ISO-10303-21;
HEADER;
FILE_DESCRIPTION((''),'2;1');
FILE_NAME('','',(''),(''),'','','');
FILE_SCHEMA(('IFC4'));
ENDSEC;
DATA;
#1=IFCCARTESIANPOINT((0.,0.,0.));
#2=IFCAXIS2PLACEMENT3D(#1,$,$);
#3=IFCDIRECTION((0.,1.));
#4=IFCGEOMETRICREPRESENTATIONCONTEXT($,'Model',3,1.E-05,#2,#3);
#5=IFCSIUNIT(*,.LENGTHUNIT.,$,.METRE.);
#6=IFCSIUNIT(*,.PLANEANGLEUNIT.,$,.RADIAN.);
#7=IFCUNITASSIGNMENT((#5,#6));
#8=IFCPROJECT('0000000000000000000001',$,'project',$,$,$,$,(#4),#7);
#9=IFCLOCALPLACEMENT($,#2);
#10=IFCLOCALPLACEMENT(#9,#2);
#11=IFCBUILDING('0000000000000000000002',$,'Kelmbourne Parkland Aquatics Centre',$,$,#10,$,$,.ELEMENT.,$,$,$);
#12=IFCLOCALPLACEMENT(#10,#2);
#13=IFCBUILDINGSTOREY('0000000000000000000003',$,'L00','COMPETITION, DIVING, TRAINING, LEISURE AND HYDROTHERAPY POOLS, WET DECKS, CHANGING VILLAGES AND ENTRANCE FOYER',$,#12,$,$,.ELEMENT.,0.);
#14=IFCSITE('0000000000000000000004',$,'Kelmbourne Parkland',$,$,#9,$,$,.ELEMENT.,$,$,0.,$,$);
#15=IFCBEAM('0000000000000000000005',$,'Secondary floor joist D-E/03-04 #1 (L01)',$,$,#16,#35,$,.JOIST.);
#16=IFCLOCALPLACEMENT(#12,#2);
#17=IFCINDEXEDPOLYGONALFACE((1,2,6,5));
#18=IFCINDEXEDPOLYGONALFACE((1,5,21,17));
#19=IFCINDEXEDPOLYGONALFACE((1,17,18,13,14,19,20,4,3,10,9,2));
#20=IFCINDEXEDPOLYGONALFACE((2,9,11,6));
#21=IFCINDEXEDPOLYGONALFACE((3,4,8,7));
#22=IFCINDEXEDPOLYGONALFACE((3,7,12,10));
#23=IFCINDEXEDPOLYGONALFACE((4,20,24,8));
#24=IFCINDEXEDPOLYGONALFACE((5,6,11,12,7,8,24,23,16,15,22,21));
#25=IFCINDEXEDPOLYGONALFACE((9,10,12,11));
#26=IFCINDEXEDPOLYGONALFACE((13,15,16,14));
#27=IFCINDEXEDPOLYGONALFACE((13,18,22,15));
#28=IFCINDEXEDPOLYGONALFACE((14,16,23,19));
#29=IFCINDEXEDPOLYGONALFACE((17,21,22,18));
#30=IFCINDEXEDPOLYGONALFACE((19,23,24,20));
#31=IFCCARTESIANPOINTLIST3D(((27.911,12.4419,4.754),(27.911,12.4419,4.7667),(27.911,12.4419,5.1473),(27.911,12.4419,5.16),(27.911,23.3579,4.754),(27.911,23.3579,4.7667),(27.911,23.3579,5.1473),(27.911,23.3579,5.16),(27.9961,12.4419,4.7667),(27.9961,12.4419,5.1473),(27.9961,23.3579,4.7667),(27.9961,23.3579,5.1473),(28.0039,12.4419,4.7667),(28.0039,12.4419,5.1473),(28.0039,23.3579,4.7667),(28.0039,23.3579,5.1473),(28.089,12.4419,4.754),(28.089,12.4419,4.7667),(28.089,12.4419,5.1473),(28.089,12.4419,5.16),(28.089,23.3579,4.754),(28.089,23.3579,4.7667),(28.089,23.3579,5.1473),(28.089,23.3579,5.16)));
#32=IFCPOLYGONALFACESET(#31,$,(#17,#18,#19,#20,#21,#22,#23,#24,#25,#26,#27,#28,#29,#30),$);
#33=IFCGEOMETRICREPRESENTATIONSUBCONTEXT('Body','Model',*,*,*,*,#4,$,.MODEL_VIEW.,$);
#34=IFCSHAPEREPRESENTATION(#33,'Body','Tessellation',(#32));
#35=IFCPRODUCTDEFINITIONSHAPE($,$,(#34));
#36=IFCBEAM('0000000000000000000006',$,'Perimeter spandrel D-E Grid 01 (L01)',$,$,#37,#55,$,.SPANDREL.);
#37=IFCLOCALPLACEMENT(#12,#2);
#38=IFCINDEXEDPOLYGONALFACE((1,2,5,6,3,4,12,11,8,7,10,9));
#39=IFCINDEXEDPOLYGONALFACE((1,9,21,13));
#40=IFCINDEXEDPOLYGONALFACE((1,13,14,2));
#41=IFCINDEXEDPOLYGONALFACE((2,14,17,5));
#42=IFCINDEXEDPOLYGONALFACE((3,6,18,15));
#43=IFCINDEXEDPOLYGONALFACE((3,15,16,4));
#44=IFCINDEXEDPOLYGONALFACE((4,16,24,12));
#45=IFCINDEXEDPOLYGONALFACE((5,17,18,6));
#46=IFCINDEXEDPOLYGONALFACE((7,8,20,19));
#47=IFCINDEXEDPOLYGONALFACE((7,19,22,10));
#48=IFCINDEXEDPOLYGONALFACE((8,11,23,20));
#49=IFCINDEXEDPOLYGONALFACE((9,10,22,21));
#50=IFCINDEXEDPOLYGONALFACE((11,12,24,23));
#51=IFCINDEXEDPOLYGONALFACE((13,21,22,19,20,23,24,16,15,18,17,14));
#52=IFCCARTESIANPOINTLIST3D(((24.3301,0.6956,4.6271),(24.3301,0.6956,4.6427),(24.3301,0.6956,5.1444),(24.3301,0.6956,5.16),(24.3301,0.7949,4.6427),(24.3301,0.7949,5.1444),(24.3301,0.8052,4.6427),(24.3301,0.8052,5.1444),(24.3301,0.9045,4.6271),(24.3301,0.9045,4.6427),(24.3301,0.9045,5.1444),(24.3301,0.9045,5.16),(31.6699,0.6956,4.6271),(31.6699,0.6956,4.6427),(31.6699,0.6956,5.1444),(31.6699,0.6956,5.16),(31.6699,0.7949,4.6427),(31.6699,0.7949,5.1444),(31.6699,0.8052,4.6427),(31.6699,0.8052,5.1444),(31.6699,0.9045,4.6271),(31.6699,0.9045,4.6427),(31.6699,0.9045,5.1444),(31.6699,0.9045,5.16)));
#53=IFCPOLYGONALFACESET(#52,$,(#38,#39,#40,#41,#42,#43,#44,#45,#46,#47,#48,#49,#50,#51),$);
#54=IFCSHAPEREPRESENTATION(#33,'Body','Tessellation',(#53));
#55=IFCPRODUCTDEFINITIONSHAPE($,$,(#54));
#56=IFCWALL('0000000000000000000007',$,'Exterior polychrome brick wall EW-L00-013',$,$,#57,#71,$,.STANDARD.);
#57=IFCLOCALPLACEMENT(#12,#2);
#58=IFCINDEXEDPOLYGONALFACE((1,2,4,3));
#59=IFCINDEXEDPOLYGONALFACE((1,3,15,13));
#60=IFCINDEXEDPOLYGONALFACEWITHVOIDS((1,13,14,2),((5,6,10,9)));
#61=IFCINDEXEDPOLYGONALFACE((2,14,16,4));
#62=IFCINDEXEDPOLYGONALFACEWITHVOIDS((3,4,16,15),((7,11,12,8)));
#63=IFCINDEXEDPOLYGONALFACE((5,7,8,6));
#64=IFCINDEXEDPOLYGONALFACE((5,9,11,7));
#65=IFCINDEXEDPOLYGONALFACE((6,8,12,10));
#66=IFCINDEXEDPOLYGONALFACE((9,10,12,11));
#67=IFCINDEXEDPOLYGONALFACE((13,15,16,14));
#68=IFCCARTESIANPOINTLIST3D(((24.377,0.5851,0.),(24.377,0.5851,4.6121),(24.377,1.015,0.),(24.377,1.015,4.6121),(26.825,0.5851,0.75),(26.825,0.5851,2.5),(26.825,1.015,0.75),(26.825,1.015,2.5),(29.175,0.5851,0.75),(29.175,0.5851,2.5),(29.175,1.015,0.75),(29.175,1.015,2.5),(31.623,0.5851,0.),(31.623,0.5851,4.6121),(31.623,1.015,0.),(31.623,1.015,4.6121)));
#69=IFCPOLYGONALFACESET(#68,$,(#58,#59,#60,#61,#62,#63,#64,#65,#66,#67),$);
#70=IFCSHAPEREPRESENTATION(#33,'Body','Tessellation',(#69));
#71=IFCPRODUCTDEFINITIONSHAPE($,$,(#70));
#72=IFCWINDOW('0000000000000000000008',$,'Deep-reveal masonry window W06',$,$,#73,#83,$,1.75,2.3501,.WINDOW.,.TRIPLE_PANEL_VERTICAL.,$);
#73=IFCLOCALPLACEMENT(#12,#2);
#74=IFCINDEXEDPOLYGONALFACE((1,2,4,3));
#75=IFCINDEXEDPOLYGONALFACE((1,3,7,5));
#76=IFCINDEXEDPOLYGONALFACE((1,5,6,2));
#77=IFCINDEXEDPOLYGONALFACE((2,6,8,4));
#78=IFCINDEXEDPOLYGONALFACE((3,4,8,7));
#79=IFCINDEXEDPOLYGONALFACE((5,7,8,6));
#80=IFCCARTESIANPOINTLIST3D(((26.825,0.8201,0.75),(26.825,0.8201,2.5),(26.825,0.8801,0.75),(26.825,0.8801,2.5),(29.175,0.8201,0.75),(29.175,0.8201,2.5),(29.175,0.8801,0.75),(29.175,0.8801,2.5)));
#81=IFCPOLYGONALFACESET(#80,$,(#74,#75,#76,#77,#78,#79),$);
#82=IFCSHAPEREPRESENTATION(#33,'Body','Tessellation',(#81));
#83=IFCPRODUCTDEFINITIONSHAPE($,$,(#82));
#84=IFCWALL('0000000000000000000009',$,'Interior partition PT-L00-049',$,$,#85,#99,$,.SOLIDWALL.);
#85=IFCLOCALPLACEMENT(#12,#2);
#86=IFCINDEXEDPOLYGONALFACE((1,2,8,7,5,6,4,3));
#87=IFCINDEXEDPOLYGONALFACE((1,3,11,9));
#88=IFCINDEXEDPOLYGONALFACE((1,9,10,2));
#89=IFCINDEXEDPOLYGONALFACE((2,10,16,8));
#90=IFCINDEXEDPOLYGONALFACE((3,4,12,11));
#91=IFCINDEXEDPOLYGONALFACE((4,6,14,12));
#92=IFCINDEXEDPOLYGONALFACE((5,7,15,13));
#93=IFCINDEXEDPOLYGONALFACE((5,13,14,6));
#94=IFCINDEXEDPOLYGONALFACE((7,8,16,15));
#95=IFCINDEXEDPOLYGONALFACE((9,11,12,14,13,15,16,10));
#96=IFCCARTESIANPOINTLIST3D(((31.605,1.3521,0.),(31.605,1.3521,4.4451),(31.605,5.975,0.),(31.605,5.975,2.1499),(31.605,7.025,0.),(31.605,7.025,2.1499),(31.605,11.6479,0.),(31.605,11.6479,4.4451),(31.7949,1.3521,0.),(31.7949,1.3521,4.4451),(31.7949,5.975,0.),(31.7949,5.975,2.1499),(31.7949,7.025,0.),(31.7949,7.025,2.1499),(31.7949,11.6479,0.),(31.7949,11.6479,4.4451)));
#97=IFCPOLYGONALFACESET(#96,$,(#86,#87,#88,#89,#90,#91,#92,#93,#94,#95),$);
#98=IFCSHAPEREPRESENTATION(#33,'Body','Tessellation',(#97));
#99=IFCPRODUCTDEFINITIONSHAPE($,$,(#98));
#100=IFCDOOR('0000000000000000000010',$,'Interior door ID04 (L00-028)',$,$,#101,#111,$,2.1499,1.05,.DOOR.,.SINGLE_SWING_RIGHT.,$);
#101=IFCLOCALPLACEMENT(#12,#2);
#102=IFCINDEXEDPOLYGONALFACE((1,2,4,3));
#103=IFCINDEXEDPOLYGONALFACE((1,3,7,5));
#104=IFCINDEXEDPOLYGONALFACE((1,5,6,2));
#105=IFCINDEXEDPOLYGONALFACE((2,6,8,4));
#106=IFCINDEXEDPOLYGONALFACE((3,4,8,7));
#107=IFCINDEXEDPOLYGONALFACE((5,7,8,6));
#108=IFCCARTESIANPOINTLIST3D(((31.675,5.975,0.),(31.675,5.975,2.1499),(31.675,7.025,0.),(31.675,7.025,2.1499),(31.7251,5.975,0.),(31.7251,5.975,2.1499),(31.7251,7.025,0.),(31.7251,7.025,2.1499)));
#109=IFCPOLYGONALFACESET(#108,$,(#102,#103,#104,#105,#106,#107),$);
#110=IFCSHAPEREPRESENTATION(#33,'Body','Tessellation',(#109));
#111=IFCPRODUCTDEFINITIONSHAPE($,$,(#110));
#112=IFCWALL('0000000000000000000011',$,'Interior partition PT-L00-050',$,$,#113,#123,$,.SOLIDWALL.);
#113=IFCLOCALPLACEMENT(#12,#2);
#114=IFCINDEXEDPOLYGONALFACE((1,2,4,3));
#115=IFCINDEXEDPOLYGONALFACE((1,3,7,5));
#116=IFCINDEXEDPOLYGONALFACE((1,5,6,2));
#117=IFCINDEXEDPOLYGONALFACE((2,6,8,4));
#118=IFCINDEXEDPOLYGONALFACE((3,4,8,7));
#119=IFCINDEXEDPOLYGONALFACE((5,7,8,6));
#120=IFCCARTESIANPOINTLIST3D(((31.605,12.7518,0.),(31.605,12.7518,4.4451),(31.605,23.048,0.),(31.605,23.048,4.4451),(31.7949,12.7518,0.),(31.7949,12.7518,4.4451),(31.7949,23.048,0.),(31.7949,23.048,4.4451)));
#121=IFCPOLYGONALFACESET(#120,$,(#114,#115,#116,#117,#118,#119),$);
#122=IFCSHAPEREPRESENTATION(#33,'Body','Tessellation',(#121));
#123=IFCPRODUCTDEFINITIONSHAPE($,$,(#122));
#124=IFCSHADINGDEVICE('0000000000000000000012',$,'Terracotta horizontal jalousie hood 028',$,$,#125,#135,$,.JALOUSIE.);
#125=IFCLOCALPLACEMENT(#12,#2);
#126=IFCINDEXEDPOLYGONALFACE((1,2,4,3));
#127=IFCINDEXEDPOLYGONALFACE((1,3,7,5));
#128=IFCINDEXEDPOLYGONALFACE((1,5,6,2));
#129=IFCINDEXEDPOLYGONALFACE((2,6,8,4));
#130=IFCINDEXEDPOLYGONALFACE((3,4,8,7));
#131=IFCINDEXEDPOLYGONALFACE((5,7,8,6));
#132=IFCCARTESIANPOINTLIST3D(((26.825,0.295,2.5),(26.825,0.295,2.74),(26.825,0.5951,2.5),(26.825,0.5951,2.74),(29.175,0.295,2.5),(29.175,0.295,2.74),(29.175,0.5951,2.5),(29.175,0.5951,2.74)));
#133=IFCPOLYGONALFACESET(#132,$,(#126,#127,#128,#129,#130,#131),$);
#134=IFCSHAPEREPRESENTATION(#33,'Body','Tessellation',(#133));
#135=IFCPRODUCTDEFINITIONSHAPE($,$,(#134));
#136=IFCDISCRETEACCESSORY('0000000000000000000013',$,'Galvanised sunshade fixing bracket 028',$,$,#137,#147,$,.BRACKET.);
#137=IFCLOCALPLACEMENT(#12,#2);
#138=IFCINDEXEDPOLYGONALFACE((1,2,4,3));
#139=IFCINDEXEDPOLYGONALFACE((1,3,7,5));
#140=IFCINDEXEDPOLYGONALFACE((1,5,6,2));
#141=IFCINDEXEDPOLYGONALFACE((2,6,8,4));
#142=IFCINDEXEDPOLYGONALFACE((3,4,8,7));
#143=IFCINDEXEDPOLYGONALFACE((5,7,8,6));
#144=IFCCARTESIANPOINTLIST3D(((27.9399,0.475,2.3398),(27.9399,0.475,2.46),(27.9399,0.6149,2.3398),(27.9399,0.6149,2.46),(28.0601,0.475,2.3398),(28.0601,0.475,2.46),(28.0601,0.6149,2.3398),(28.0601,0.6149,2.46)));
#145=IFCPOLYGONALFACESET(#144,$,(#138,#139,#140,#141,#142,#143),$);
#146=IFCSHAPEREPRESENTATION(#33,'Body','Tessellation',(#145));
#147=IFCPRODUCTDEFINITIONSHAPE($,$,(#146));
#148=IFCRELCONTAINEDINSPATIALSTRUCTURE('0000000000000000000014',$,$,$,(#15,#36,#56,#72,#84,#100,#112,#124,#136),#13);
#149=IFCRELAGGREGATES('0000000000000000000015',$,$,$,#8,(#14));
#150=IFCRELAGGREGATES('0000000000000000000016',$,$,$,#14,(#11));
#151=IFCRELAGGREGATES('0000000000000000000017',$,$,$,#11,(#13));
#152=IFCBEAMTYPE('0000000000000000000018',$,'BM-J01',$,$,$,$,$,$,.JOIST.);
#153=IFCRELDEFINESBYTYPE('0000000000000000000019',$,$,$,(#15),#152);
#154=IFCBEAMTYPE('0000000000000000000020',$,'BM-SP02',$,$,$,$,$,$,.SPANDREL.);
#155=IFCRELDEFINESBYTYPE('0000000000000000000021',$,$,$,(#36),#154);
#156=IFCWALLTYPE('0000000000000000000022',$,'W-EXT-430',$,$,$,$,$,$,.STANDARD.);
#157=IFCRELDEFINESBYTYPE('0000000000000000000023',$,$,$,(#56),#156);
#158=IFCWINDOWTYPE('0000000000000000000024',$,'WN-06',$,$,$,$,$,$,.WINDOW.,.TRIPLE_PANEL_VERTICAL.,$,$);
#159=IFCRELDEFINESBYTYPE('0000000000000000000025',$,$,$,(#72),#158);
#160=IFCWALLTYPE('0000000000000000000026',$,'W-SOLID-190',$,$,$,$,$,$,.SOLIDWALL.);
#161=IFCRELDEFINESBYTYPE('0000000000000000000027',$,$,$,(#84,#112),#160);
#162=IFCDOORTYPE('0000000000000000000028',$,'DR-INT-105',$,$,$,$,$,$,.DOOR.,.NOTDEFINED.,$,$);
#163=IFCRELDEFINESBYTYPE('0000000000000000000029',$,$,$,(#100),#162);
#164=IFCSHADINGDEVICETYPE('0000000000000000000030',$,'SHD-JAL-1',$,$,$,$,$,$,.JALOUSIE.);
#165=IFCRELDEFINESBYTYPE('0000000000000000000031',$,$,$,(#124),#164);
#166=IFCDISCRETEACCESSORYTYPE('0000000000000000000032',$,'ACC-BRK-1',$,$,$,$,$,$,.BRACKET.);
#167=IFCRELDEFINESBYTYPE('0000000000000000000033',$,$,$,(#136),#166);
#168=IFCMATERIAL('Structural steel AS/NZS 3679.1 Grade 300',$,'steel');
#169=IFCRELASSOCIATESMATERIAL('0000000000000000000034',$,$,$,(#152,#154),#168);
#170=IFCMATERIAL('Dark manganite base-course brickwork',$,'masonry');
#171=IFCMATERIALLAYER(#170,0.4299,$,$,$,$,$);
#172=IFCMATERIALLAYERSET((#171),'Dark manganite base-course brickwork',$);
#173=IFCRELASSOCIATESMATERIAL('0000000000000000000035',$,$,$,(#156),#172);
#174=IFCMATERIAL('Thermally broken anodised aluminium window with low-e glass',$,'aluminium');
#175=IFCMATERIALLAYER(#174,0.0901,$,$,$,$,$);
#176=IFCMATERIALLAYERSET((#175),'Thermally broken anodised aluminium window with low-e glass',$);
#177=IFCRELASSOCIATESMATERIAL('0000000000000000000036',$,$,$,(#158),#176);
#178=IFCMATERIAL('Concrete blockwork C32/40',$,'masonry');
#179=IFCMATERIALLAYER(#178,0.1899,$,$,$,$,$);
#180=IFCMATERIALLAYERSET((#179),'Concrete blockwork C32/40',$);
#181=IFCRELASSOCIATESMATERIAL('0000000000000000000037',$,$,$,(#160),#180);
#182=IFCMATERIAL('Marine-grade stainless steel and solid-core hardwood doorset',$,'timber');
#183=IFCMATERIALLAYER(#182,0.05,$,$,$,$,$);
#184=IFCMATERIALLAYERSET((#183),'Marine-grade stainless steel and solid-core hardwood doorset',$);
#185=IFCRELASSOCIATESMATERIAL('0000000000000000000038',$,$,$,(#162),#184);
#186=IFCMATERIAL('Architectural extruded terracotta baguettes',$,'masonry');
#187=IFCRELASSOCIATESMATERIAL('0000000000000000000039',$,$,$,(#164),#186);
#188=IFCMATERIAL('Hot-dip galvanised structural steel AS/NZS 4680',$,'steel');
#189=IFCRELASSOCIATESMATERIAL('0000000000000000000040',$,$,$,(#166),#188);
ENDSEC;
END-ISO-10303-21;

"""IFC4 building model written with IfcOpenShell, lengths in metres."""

from ifc_helpers import new_model, si_unit, direction, frame, frame_2d, origin, origin_2d, place, context, subcontext, project, spatial, rectangle, i_section, extrude, material, layer, layer_set, material_profile, profile_set, type_object, element, fill, save


model = new_model("IFC4")

# Units and contexts
model_context = context("Model", 3, precision=1e-05, world=origin(), true_north=direction((0.0, 1.0)))
body_context = subcontext(model_context, "Body", "Model", "MODEL_VIEW")
ifc_project = project(units=[si_unit("LENGTHUNIT", "METRE"), si_unit("PLANEANGLEUNIT", "RADIAN")], contexts=[model_context])

# Site, building, storey
site_placement = place(None, origin())
site = spatial("IfcSite", under=ifc_project, at=site_placement, Name="Kelmbourne Parkland", CompositionType="ELEMENT", RefElevation=0.0)
building_placement = place(site_placement, origin())
building = spatial("IfcBuilding", under=site, at=building_placement, Name="Kelmbourne Parkland Aquatics Centre", CompositionType="ELEMENT")
storey_placement = place(building_placement, origin())
storey = spatial("IfcBuildingStorey", under=building, at=storey_placement, Name="L00", Description="COMPETITION, DIVING, TRAINING, LEISURE AND HYDROTHERAPY POOLS, WET DECKS, CHANGING VILLAGES AND ENTRANCE FOYER", CompositionType="ELEMENT", Elevation=0.0)

# Beams
ifc_material_1 = material(Name="Structural steel AS/NZS 3679.1 Grade 300", Category="steel")
ifc_material_profile_1 = material_profile(ifc_material_1, i_section(OverallWidth=0.178, OverallDepth=0.406, WebThickness=0.0078, FlangeThickness=0.0127, at=origin_2d()), Name="410UB59.7")
ifc_profile_set_1 = profile_set([ifc_material_profile_1], Name="Structural steel AS/NZS 3679.1 Grade 300")
beam_type_1 = type_object("IfcBeamType", Name="BM-J01", PredefinedType="JOIST", material=ifc_profile_set_1)
beam_1_placement = place(storey_placement, frame((28.0, 12.4419, 4.957), z_axis=(0.0, 1.0, 0.0), x_axis=(-1.0, 0.0, 0.0)))
element("IfcBeam", 1, at=beam_1_placement, inside=storey, type_object=beam_type_1, Name="Secondary floor joist D-E/03-04 #1 (L01)", PredefinedType="JOIST", context=body_context, shape_type="SweptSolid", body=[
    extrude(i_section(OverallWidth=0.178, OverallDepth=0.406, WebThickness=0.0078, FlangeThickness=0.0127, at=origin_2d()), origin(), (0.0, 0.0, 1.0), 10.916),
])
ifc_material_profile_2 = material_profile(ifc_material_1, i_section(OverallWidth=0.209, OverallDepth=0.533, WebThickness=0.0103, FlangeThickness=0.0156, at=origin_2d()), Name="530UB92.4")
ifc_profile_set_2 = profile_set([ifc_material_profile_2], Name="Structural steel AS/NZS 3679.1 Grade 300")
beam_type_2 = type_object("IfcBeamType", Name="BM-SP02", PredefinedType="SPANDREL", material=ifc_profile_set_2)
beam_2_placement = place(storey_placement, frame((24.3301, 0.8, 4.8936), z_axis=(1.0, 0.0, 0.0), x_axis=(0.0, 1.0, 0.0)))
element("IfcBeam", 2, at=beam_2_placement, inside=storey, type_object=beam_type_2, Name="Perimeter spandrel D-E Grid 01 (L01)", PredefinedType="SPANDREL", context=body_context, shape_type="SweptSolid", body=[
    extrude(i_section(OverallWidth=0.209, OverallDepth=0.533, WebThickness=0.0103, FlangeThickness=0.0156, at=origin_2d()), origin(), (0.0, 0.0, 1.0), 7.3398),
])

# Wall, opening, window
ifc_material_2 = material(Name="Dark manganite base-course brickwork", Category="masonry")
ifc_layer_1 = layer(ifc_material_2, 0.4299)
ifc_layer_set_1 = layer_set([ifc_layer_1], Name="Dark manganite base-course brickwork")
wall_type_1 = type_object("IfcWallType", Name="W-EXT-430", PredefinedType="STANDARD", material=ifc_layer_set_1)
wall_1_placement = place(storey_placement, frame((24.377, 0.8, 0.0), z_axis=(0.0, 0.0, 1.0), x_axis=(1.0, 0.0, 0.0)))
wall_1 = element("IfcWall", 3, at=wall_1_placement, inside=storey, type_object=wall_type_1, Name="Exterior polychrome brick wall EW-L00-013", PredefinedType="STANDARD", context=body_context, shape_type="SweptSolid", body=[
    extrude(rectangle(XDim=7.2461, YDim=0.4299, at=frame_2d((3.623, 0.0))), origin(), (0.0, 0.0, 1.0), 4.6121),
])
opening_1_placement = place(wall_1_placement, frame((2.448, 0.0, 0.75)))
opening_1 = element("IfcOpeningElement", 4, at=opening_1_placement, cuts=wall_1, PredefinedType="OPENING", context=body_context, shape_type="SweptSolid", body=[
    extrude(rectangle(XDim=2.3501, YDim=1.75, at=frame_2d((1.175, 0.875))), frame((0.0, 0.2271, 0.0), z_axis=(0.0, -1.0, 0.0), x_axis=(1.0, 0.0, 0.0)), (0.0, 0.0, 1.0), 0.4539),
])
ifc_material_3 = material(Name="Thermally broken anodised aluminium window with low-e glass", Category="aluminium")
ifc_layer_2 = layer(ifc_material_3, 0.0901)
ifc_layer_set_2 = layer_set([ifc_layer_2], Name="Thermally broken anodised aluminium window with low-e glass")
window_type = type_object("IfcWindowType", Name="WN-06", PartitioningType="TRIPLE_PANEL_VERTICAL", PredefinedType="WINDOW", material=ifc_layer_set_2)
window_placement = place(opening_1_placement, origin())
window = element("IfcWindow", 5, at=window_placement, inside=storey, type_object=window_type, Name="Deep-reveal masonry window W06", OverallHeight=1.75, OverallWidth=2.3501, PartitioningType="TRIPLE_PANEL_VERTICAL", PredefinedType="WINDOW", context=body_context, shape_type="SweptSolid", body=[
    extrude(rectangle(XDim=2.3501, YDim=1.75, at=frame_2d((1.175, 0.875))), frame((0.0, 0.0801, 0.0), z_axis=(0.0, -1.0, 0.0), x_axis=(1.0, 0.0, 0.0)), (0.0, 0.0, 1.0), 0.0601),
])
fill(opening_1, window)

# Wall, opening, door
ifc_material_4 = material(Name="Concrete blockwork C32/40", Category="masonry")
ifc_layer_3 = layer(ifc_material_4, 0.1899)
ifc_layer_set_3 = layer_set([ifc_layer_3], Name="Concrete blockwork C32/40")
wall_type_2 = type_object("IfcWallType", Name="W-SOLID-190", PredefinedType="SOLIDWALL", material=ifc_layer_set_3)
wall_2_placement = place(storey_placement, frame((31.7, 1.3521, 0.0), z_axis=(0.0, 0.0, 1.0), x_axis=(0.0, 1.0, 0.0)))
wall_2 = element("IfcWall", 6, at=wall_2_placement, inside=storey, type_object=wall_type_2, Name="Interior partition PT-L00-049", PredefinedType="SOLIDWALL", context=body_context, shape_type="SweptSolid", body=[
    extrude(rectangle(XDim=10.2959, YDim=0.1899, at=frame_2d((5.1479, 0.0))), origin(), (0.0, 0.0, 1.0), 4.4451),
])
opening_2_placement = place(wall_2_placement, frame((4.623, 0.0, 0.0)))
opening_2 = element("IfcOpeningElement", 7, at=opening_2_placement, cuts=wall_2, PredefinedType="OPENING", context=body_context, shape_type="SweptSolid", body=[
    extrude(rectangle(XDim=1.05, YDim=2.1499, at=frame_2d((0.5249, 1.075))), frame((0.0, 0.1069, 0.0), z_axis=(0.0, -1.0, 0.0), x_axis=(1.0, 0.0, 0.0)), (0.0, 0.0, 1.0), 0.2139),
])
ifc_material_5 = material(Name="Marine-grade stainless steel and solid-core hardwood doorset", Category="timber")
ifc_layer_4 = layer(ifc_material_5, 0.05)
ifc_layer_set_4 = layer_set([ifc_layer_4], Name="Marine-grade stainless steel and solid-core hardwood doorset")
door_type = type_object("IfcDoorType", Name="DR-INT-105", OperationType="NOTDEFINED", PredefinedType="DOOR", material=ifc_layer_set_4)
door_placement = place(opening_2_placement, origin())
door = element("IfcDoor", 8, at=door_placement, inside=storey, type_object=door_type, Name="Interior door ID04 (L00-028)", OperationType="SINGLE_SWING_RIGHT", OverallHeight=2.1499, OverallWidth=1.05, PredefinedType="DOOR", context=body_context, shape_type="SweptSolid", body=[
    extrude(rectangle(XDim=1.05, YDim=2.1499, at=frame_2d((0.5249, 1.075))), frame((0.0, 0.0249, 0.0), z_axis=(0.0, -1.0, 0.0), x_axis=(1.0, 0.0, 0.0)), (0.0, 0.0, 1.0), 0.05),
])
fill(opening_2, door)

# Wall
wall_3_placement = place(storey_placement, frame((31.7, 12.752, 0.0), z_axis=(0.0, 0.0, 1.0), x_axis=(0.0, 1.0, 0.0)))
element("IfcWall", 9, at=wall_3_placement, inside=storey, type_object=wall_type_2, Name="Interior partition PT-L00-050", PredefinedType="SOLIDWALL", context=body_context, shape_type="SweptSolid", body=[
    extrude(rectangle(XDim=10.2961, YDim=0.1899, at=frame_2d((5.1479, 0.0))), origin(), (0.0, 0.0, 1.0), 4.4451),
])

# Shading device
ifc_material_6 = material(Name="Architectural extruded terracotta baguettes", Category="masonry")
shading_device_type = type_object("IfcShadingDeviceType", Name="SHD-JAL-1", PredefinedType="JALOUSIE", material=ifc_material_6)
shading_device_placement = place(storey_placement, frame((28.0, 0.4451, 2.5), z_axis=(0.0, 0.0, 1.0), x_axis=(1.0, 0.0, 0.0)))
element("IfcShadingDevice", 10, at=shading_device_placement, inside=storey, type_object=shading_device_type, Name="Terracotta horizontal jalousie hood 028", PredefinedType="JALOUSIE", context=body_context, shape_type="SweptSolid", body=[
    extrude(rectangle(XDim=2.3501, YDim=0.3, at=origin_2d()), origin(), (0.0, 0.0, 1.0), 0.24),
])

# Discrete accessory
ifc_material_7 = material(Name="Hot-dip galvanised structural steel AS/NZS 4680", Category="steel")
discrete_accessory_type = type_object("IfcDiscreteAccessoryType", Name="ACC-BRK-1", PredefinedType="BRACKET", material=ifc_material_7)
discrete_accessory_placement = place(storey_placement, frame((28.0, 0.5449, 2.3398), z_axis=(0.0, 0.0, 1.0), x_axis=(1.0, 0.0, 0.0)))
element("IfcDiscreteAccessory", 11, at=discrete_accessory_placement, inside=storey, type_object=discrete_accessory_type, Name="Galvanised sunshade fixing bracket 028", PredefinedType="BRACKET", context=body_context, shape_type="SweptSolid", body=[
    extrude(rectangle(XDim=0.1201, YDim=0.1399, at=origin_2d()), origin(), (0.0, 0.0, 1.0), 0.1201),
])

save(model, "model.ifc")
